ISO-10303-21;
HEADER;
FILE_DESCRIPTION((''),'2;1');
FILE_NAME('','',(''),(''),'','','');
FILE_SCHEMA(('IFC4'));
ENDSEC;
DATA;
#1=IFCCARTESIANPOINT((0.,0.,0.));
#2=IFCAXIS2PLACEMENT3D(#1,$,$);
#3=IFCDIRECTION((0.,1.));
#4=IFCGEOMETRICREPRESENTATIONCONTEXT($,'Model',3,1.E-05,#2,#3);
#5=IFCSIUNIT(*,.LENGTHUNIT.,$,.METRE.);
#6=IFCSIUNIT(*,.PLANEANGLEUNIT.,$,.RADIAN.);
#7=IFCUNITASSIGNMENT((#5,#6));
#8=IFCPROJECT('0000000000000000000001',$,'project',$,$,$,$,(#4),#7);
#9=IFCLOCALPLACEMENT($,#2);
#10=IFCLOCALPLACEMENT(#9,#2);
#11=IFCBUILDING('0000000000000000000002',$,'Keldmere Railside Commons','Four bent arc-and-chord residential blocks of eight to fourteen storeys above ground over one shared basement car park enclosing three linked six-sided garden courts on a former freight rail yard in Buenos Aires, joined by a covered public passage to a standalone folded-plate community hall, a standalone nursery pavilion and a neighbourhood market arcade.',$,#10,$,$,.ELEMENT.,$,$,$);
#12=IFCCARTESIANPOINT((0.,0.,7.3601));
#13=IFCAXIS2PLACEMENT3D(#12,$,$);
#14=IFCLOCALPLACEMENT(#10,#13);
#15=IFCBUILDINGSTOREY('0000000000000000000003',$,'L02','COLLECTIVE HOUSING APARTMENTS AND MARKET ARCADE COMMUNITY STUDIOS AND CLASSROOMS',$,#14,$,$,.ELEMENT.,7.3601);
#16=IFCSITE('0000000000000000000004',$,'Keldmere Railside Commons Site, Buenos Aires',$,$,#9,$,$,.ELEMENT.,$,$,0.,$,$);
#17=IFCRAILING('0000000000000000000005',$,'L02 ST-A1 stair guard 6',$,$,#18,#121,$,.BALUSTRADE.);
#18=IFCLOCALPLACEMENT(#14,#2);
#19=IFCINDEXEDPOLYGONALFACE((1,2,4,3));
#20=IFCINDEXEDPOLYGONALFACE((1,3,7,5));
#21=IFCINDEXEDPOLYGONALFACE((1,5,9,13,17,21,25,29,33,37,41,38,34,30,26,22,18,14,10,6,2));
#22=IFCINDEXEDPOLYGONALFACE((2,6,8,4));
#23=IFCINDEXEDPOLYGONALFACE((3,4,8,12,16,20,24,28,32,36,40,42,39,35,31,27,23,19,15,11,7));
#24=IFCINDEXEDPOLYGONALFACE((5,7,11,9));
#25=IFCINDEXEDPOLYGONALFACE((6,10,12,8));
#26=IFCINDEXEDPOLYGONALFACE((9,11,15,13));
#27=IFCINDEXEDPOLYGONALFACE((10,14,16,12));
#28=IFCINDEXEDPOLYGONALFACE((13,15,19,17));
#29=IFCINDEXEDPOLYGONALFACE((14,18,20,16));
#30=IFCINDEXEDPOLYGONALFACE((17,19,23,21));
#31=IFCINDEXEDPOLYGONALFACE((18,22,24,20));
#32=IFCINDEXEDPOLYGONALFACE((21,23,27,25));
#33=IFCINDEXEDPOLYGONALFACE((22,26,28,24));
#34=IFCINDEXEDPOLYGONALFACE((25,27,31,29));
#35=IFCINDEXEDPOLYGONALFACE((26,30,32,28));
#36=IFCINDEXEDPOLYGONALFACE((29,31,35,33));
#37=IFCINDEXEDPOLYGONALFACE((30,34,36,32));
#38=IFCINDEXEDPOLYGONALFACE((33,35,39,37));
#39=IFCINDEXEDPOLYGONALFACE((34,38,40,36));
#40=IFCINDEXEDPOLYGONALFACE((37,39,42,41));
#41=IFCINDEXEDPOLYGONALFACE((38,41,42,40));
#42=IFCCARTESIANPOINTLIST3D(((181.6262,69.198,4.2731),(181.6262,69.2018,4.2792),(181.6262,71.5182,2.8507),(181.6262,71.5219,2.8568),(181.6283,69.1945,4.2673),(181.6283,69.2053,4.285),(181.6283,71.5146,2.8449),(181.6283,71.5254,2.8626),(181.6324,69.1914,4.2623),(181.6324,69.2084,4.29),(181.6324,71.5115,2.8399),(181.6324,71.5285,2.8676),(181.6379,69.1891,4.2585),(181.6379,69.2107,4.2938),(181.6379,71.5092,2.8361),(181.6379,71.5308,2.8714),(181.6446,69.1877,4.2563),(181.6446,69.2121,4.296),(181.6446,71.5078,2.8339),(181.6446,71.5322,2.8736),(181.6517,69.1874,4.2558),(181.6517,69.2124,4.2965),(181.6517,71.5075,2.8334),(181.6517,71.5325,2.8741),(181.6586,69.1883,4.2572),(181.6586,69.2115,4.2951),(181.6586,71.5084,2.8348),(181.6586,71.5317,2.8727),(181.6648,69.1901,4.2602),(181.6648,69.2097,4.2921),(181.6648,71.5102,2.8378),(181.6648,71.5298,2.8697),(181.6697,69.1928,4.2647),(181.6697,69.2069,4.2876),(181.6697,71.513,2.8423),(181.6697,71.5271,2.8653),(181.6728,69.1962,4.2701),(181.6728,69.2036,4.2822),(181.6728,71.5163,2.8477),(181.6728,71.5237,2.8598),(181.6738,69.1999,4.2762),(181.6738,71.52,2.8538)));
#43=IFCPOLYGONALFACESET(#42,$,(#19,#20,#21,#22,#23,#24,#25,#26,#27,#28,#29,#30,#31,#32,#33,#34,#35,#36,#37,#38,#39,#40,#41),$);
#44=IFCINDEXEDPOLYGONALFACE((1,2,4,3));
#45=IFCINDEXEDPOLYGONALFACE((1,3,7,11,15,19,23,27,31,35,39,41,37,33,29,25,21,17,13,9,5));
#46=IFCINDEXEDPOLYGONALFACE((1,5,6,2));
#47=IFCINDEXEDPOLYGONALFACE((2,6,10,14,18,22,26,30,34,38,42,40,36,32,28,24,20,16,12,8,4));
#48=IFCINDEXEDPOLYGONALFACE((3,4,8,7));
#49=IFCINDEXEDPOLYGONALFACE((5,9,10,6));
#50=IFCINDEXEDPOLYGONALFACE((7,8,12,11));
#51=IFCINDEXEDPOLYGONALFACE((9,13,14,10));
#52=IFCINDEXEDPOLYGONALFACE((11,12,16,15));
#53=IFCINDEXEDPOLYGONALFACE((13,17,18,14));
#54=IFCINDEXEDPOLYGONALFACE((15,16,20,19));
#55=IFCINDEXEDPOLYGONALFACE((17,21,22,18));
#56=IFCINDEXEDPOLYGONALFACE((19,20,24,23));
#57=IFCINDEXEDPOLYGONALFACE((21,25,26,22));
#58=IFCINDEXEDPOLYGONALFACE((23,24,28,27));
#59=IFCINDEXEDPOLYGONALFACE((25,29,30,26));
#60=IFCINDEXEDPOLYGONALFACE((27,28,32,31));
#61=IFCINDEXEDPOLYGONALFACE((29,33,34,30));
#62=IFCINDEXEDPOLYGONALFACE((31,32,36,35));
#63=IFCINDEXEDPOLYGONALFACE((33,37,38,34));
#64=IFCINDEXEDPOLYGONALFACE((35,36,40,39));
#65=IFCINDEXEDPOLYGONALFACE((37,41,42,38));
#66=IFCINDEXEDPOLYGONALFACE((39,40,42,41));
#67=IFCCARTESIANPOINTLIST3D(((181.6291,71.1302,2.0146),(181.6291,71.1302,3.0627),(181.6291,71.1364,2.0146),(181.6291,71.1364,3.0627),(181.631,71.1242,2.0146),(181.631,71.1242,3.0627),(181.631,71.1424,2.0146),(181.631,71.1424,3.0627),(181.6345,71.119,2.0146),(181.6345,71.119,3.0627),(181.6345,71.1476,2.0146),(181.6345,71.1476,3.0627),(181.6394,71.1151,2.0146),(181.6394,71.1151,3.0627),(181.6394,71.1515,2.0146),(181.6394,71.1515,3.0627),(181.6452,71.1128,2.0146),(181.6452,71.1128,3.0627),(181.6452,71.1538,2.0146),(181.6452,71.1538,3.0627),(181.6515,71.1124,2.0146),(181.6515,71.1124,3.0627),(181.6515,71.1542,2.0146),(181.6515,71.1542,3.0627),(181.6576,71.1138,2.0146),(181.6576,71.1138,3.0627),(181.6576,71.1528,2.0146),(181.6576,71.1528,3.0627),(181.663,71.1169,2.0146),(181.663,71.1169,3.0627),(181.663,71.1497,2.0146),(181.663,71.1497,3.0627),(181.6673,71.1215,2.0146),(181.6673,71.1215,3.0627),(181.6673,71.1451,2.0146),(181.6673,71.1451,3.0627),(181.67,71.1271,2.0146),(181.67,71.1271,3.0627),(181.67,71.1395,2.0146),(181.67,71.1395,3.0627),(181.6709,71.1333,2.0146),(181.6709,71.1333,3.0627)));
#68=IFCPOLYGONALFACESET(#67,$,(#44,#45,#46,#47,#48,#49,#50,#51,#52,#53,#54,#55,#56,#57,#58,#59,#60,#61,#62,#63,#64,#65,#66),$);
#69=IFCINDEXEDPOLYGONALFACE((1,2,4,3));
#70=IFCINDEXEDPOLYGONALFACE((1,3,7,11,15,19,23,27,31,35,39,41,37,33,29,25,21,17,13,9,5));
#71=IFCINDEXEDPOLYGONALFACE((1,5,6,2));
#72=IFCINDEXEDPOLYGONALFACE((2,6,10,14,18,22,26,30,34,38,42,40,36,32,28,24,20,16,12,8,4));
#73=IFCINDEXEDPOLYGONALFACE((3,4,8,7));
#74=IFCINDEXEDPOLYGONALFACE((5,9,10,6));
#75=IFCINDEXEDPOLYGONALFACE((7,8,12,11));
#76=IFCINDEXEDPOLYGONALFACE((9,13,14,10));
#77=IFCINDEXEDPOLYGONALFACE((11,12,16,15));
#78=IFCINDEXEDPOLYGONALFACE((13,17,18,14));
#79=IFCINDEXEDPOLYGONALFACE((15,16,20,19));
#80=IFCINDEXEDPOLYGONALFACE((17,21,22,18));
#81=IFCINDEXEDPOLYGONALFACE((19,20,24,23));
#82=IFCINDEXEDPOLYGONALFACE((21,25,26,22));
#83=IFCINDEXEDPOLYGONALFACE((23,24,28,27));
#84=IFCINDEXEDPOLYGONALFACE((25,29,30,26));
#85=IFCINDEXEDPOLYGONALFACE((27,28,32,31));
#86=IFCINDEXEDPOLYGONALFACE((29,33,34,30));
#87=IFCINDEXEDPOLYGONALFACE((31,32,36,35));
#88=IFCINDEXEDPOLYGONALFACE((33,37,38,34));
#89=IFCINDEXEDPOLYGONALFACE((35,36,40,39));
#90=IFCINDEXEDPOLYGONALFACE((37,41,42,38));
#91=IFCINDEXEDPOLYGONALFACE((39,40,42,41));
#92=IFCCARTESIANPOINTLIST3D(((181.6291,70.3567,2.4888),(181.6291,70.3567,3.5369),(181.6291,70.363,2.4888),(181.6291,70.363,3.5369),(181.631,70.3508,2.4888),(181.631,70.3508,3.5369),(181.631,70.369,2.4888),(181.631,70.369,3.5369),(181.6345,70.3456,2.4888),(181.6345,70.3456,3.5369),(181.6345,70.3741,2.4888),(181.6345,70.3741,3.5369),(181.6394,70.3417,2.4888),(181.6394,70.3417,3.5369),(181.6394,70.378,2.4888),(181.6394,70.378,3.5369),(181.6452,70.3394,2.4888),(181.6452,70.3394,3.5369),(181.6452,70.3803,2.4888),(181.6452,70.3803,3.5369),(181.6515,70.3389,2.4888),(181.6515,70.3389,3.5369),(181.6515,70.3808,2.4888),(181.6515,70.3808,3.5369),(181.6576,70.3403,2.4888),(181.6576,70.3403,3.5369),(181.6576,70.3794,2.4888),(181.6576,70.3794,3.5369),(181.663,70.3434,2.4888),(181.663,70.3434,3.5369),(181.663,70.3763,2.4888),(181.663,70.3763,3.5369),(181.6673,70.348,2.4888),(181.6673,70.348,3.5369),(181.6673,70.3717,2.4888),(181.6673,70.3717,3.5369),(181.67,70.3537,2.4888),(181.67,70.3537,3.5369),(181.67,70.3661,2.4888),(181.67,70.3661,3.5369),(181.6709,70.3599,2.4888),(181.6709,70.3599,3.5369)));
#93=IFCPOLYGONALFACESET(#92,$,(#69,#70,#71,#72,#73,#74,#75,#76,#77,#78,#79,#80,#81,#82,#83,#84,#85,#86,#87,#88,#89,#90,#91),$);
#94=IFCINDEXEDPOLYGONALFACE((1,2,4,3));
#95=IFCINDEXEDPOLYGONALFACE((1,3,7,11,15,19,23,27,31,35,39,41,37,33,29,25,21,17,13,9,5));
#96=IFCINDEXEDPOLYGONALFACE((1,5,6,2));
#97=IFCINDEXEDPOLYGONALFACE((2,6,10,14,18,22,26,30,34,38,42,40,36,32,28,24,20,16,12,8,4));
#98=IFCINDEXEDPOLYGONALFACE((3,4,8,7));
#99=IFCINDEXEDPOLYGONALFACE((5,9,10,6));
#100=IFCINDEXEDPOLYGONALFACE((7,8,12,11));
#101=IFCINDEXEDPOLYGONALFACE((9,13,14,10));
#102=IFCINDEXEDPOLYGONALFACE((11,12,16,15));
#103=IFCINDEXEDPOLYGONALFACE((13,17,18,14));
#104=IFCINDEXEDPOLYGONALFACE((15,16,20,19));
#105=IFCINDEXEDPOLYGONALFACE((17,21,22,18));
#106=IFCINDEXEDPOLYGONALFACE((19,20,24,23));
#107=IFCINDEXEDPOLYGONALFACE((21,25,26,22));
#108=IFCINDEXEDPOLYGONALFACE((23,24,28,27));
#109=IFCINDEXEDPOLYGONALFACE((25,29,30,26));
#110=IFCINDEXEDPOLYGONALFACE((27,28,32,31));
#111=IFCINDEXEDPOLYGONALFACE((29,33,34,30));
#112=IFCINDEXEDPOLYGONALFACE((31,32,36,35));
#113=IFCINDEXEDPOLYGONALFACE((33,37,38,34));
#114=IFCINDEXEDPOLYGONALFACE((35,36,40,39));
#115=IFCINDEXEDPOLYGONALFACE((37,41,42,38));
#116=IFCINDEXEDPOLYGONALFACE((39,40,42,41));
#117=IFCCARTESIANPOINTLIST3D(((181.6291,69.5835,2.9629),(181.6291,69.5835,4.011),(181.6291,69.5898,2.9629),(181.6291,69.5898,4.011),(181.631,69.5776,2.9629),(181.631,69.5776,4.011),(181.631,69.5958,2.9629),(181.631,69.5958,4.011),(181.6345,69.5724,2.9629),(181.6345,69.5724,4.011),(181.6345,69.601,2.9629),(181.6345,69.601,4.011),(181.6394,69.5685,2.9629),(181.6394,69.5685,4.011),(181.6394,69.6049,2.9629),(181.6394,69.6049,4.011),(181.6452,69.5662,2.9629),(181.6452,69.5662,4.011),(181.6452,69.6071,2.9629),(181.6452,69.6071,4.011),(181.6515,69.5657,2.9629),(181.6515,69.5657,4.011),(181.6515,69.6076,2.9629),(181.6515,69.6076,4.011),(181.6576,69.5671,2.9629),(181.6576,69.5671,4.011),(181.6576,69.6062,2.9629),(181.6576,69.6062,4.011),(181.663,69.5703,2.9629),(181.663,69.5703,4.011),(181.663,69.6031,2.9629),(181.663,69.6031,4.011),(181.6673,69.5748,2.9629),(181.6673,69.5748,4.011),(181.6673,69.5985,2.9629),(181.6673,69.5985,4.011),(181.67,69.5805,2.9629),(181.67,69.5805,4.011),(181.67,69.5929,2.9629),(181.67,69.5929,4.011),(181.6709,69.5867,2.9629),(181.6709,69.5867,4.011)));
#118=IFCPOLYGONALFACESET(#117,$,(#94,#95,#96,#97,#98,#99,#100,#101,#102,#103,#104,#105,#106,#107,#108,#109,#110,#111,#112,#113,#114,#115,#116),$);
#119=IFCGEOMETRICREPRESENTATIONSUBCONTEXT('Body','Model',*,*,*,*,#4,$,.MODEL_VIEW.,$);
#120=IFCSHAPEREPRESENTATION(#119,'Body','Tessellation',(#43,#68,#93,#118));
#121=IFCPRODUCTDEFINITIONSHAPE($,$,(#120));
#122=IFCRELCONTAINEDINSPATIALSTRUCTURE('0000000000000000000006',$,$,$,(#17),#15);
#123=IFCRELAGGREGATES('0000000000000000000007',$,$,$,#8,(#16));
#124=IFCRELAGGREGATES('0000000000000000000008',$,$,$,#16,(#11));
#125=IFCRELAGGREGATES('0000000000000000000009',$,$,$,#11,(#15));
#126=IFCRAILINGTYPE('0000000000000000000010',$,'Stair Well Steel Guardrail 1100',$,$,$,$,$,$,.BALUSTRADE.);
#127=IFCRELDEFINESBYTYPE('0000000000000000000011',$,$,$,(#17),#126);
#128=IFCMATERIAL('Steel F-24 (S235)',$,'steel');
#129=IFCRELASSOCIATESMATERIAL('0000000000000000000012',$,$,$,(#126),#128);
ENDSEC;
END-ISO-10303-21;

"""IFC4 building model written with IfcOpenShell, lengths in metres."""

from ifc_helpers import new_model, si_unit, direction, frame, origin, origin_2d, place, context, subcontext, project, spatial, circle, extrude, material, type_object, element, save


model = new_model("IFC4")

# Units and contexts
model_context = context("Model", 3, precision=1e-05, world=origin(), true_north=direction((0.0, 1.0)))
body_context = subcontext(model_context, "Body", "Model", "MODEL_VIEW")
ifc_project = project(units=[si_unit("LENGTHUNIT", "METRE"), si_unit("PLANEANGLEUNIT", "RADIAN")], contexts=[model_context])

# Site, building, storey
site_placement = place(None, origin())
site = spatial("IfcSite", under=ifc_project, at=site_placement, Name="Keldmere Railside Commons Site, Buenos Aires", CompositionType="ELEMENT", RefElevation=0.0)
building_placement = place(site_placement, origin())
building = spatial("IfcBuilding", under=site, at=building_placement, Name="Keldmere Railside Commons", Description="Four bent arc-and-chord residential blocks of eight to fourteen storeys above ground over one shared basement car park enclosing three linked six-sided garden courts on a former freight rail yard in Buenos Aires, joined by a covered public passage to a standalone folded-plate community hall, a standalone nursery pavilion and a neighbourhood market arcade.", CompositionType="ELEMENT")
storey_placement = place(building_placement, frame((0.0, 0.0, 7.3601)))
storey = spatial("IfcBuildingStorey", under=building, at=storey_placement, Name="L02", Description="COLLECTIVE HOUSING APARTMENTS AND MARKET ARCADE COMMUNITY STUDIOS AND CLASSROOMS", CompositionType="ELEMENT", Elevation=7.3601)

# Shared definitions
ifc_material_1 = material(Name="Steel F-24 (S235)", Category="steel")

# Railing
railing_type_1 = type_object("IfcRailingType", Name="Stair Well Steel Guardrail 1100", PredefinedType="BALUSTRADE", material=ifc_material_1)
railing_1_placement = place(storey_placement, frame((181.6499, 71.52, 1.7776)))
element("IfcRailing", 1, at=railing_1_placement, inside=storey, type_object=railing_type_1, Name="L02 ST-A1 stair guard 6", PredefinedType="BALUSTRADE", context=body_context, shape_type="SweptSolid", body=[
    extrude(circle(Radius=0.0239, at=origin_2d()), frame((0.0, 0.0, 1.0762), z_axis=(0.0, -0.852538, 0.522665), x_axis=(1.0, 0.0, 0.0)), (0.0, 0.0, 1.0), 2.7214),
    extrude(circle(Radius=0.021, at=origin_2d()), frame((0.0, -0.3867, 0.2371)), (0.0, 0.0, 1.0), 1.0481),
    extrude(circle(Radius=0.021, at=origin_2d()), frame((0.0, -1.1602, 0.7112)), (0.0, 0.0, 1.0), 1.0481),
    extrude(circle(Radius=0.021, at=origin_2d()), frame((0.0, -1.9333, 1.1853)), (0.0, 0.0, 1.0), 1.0481),
])

save(model, "model.ifc")
